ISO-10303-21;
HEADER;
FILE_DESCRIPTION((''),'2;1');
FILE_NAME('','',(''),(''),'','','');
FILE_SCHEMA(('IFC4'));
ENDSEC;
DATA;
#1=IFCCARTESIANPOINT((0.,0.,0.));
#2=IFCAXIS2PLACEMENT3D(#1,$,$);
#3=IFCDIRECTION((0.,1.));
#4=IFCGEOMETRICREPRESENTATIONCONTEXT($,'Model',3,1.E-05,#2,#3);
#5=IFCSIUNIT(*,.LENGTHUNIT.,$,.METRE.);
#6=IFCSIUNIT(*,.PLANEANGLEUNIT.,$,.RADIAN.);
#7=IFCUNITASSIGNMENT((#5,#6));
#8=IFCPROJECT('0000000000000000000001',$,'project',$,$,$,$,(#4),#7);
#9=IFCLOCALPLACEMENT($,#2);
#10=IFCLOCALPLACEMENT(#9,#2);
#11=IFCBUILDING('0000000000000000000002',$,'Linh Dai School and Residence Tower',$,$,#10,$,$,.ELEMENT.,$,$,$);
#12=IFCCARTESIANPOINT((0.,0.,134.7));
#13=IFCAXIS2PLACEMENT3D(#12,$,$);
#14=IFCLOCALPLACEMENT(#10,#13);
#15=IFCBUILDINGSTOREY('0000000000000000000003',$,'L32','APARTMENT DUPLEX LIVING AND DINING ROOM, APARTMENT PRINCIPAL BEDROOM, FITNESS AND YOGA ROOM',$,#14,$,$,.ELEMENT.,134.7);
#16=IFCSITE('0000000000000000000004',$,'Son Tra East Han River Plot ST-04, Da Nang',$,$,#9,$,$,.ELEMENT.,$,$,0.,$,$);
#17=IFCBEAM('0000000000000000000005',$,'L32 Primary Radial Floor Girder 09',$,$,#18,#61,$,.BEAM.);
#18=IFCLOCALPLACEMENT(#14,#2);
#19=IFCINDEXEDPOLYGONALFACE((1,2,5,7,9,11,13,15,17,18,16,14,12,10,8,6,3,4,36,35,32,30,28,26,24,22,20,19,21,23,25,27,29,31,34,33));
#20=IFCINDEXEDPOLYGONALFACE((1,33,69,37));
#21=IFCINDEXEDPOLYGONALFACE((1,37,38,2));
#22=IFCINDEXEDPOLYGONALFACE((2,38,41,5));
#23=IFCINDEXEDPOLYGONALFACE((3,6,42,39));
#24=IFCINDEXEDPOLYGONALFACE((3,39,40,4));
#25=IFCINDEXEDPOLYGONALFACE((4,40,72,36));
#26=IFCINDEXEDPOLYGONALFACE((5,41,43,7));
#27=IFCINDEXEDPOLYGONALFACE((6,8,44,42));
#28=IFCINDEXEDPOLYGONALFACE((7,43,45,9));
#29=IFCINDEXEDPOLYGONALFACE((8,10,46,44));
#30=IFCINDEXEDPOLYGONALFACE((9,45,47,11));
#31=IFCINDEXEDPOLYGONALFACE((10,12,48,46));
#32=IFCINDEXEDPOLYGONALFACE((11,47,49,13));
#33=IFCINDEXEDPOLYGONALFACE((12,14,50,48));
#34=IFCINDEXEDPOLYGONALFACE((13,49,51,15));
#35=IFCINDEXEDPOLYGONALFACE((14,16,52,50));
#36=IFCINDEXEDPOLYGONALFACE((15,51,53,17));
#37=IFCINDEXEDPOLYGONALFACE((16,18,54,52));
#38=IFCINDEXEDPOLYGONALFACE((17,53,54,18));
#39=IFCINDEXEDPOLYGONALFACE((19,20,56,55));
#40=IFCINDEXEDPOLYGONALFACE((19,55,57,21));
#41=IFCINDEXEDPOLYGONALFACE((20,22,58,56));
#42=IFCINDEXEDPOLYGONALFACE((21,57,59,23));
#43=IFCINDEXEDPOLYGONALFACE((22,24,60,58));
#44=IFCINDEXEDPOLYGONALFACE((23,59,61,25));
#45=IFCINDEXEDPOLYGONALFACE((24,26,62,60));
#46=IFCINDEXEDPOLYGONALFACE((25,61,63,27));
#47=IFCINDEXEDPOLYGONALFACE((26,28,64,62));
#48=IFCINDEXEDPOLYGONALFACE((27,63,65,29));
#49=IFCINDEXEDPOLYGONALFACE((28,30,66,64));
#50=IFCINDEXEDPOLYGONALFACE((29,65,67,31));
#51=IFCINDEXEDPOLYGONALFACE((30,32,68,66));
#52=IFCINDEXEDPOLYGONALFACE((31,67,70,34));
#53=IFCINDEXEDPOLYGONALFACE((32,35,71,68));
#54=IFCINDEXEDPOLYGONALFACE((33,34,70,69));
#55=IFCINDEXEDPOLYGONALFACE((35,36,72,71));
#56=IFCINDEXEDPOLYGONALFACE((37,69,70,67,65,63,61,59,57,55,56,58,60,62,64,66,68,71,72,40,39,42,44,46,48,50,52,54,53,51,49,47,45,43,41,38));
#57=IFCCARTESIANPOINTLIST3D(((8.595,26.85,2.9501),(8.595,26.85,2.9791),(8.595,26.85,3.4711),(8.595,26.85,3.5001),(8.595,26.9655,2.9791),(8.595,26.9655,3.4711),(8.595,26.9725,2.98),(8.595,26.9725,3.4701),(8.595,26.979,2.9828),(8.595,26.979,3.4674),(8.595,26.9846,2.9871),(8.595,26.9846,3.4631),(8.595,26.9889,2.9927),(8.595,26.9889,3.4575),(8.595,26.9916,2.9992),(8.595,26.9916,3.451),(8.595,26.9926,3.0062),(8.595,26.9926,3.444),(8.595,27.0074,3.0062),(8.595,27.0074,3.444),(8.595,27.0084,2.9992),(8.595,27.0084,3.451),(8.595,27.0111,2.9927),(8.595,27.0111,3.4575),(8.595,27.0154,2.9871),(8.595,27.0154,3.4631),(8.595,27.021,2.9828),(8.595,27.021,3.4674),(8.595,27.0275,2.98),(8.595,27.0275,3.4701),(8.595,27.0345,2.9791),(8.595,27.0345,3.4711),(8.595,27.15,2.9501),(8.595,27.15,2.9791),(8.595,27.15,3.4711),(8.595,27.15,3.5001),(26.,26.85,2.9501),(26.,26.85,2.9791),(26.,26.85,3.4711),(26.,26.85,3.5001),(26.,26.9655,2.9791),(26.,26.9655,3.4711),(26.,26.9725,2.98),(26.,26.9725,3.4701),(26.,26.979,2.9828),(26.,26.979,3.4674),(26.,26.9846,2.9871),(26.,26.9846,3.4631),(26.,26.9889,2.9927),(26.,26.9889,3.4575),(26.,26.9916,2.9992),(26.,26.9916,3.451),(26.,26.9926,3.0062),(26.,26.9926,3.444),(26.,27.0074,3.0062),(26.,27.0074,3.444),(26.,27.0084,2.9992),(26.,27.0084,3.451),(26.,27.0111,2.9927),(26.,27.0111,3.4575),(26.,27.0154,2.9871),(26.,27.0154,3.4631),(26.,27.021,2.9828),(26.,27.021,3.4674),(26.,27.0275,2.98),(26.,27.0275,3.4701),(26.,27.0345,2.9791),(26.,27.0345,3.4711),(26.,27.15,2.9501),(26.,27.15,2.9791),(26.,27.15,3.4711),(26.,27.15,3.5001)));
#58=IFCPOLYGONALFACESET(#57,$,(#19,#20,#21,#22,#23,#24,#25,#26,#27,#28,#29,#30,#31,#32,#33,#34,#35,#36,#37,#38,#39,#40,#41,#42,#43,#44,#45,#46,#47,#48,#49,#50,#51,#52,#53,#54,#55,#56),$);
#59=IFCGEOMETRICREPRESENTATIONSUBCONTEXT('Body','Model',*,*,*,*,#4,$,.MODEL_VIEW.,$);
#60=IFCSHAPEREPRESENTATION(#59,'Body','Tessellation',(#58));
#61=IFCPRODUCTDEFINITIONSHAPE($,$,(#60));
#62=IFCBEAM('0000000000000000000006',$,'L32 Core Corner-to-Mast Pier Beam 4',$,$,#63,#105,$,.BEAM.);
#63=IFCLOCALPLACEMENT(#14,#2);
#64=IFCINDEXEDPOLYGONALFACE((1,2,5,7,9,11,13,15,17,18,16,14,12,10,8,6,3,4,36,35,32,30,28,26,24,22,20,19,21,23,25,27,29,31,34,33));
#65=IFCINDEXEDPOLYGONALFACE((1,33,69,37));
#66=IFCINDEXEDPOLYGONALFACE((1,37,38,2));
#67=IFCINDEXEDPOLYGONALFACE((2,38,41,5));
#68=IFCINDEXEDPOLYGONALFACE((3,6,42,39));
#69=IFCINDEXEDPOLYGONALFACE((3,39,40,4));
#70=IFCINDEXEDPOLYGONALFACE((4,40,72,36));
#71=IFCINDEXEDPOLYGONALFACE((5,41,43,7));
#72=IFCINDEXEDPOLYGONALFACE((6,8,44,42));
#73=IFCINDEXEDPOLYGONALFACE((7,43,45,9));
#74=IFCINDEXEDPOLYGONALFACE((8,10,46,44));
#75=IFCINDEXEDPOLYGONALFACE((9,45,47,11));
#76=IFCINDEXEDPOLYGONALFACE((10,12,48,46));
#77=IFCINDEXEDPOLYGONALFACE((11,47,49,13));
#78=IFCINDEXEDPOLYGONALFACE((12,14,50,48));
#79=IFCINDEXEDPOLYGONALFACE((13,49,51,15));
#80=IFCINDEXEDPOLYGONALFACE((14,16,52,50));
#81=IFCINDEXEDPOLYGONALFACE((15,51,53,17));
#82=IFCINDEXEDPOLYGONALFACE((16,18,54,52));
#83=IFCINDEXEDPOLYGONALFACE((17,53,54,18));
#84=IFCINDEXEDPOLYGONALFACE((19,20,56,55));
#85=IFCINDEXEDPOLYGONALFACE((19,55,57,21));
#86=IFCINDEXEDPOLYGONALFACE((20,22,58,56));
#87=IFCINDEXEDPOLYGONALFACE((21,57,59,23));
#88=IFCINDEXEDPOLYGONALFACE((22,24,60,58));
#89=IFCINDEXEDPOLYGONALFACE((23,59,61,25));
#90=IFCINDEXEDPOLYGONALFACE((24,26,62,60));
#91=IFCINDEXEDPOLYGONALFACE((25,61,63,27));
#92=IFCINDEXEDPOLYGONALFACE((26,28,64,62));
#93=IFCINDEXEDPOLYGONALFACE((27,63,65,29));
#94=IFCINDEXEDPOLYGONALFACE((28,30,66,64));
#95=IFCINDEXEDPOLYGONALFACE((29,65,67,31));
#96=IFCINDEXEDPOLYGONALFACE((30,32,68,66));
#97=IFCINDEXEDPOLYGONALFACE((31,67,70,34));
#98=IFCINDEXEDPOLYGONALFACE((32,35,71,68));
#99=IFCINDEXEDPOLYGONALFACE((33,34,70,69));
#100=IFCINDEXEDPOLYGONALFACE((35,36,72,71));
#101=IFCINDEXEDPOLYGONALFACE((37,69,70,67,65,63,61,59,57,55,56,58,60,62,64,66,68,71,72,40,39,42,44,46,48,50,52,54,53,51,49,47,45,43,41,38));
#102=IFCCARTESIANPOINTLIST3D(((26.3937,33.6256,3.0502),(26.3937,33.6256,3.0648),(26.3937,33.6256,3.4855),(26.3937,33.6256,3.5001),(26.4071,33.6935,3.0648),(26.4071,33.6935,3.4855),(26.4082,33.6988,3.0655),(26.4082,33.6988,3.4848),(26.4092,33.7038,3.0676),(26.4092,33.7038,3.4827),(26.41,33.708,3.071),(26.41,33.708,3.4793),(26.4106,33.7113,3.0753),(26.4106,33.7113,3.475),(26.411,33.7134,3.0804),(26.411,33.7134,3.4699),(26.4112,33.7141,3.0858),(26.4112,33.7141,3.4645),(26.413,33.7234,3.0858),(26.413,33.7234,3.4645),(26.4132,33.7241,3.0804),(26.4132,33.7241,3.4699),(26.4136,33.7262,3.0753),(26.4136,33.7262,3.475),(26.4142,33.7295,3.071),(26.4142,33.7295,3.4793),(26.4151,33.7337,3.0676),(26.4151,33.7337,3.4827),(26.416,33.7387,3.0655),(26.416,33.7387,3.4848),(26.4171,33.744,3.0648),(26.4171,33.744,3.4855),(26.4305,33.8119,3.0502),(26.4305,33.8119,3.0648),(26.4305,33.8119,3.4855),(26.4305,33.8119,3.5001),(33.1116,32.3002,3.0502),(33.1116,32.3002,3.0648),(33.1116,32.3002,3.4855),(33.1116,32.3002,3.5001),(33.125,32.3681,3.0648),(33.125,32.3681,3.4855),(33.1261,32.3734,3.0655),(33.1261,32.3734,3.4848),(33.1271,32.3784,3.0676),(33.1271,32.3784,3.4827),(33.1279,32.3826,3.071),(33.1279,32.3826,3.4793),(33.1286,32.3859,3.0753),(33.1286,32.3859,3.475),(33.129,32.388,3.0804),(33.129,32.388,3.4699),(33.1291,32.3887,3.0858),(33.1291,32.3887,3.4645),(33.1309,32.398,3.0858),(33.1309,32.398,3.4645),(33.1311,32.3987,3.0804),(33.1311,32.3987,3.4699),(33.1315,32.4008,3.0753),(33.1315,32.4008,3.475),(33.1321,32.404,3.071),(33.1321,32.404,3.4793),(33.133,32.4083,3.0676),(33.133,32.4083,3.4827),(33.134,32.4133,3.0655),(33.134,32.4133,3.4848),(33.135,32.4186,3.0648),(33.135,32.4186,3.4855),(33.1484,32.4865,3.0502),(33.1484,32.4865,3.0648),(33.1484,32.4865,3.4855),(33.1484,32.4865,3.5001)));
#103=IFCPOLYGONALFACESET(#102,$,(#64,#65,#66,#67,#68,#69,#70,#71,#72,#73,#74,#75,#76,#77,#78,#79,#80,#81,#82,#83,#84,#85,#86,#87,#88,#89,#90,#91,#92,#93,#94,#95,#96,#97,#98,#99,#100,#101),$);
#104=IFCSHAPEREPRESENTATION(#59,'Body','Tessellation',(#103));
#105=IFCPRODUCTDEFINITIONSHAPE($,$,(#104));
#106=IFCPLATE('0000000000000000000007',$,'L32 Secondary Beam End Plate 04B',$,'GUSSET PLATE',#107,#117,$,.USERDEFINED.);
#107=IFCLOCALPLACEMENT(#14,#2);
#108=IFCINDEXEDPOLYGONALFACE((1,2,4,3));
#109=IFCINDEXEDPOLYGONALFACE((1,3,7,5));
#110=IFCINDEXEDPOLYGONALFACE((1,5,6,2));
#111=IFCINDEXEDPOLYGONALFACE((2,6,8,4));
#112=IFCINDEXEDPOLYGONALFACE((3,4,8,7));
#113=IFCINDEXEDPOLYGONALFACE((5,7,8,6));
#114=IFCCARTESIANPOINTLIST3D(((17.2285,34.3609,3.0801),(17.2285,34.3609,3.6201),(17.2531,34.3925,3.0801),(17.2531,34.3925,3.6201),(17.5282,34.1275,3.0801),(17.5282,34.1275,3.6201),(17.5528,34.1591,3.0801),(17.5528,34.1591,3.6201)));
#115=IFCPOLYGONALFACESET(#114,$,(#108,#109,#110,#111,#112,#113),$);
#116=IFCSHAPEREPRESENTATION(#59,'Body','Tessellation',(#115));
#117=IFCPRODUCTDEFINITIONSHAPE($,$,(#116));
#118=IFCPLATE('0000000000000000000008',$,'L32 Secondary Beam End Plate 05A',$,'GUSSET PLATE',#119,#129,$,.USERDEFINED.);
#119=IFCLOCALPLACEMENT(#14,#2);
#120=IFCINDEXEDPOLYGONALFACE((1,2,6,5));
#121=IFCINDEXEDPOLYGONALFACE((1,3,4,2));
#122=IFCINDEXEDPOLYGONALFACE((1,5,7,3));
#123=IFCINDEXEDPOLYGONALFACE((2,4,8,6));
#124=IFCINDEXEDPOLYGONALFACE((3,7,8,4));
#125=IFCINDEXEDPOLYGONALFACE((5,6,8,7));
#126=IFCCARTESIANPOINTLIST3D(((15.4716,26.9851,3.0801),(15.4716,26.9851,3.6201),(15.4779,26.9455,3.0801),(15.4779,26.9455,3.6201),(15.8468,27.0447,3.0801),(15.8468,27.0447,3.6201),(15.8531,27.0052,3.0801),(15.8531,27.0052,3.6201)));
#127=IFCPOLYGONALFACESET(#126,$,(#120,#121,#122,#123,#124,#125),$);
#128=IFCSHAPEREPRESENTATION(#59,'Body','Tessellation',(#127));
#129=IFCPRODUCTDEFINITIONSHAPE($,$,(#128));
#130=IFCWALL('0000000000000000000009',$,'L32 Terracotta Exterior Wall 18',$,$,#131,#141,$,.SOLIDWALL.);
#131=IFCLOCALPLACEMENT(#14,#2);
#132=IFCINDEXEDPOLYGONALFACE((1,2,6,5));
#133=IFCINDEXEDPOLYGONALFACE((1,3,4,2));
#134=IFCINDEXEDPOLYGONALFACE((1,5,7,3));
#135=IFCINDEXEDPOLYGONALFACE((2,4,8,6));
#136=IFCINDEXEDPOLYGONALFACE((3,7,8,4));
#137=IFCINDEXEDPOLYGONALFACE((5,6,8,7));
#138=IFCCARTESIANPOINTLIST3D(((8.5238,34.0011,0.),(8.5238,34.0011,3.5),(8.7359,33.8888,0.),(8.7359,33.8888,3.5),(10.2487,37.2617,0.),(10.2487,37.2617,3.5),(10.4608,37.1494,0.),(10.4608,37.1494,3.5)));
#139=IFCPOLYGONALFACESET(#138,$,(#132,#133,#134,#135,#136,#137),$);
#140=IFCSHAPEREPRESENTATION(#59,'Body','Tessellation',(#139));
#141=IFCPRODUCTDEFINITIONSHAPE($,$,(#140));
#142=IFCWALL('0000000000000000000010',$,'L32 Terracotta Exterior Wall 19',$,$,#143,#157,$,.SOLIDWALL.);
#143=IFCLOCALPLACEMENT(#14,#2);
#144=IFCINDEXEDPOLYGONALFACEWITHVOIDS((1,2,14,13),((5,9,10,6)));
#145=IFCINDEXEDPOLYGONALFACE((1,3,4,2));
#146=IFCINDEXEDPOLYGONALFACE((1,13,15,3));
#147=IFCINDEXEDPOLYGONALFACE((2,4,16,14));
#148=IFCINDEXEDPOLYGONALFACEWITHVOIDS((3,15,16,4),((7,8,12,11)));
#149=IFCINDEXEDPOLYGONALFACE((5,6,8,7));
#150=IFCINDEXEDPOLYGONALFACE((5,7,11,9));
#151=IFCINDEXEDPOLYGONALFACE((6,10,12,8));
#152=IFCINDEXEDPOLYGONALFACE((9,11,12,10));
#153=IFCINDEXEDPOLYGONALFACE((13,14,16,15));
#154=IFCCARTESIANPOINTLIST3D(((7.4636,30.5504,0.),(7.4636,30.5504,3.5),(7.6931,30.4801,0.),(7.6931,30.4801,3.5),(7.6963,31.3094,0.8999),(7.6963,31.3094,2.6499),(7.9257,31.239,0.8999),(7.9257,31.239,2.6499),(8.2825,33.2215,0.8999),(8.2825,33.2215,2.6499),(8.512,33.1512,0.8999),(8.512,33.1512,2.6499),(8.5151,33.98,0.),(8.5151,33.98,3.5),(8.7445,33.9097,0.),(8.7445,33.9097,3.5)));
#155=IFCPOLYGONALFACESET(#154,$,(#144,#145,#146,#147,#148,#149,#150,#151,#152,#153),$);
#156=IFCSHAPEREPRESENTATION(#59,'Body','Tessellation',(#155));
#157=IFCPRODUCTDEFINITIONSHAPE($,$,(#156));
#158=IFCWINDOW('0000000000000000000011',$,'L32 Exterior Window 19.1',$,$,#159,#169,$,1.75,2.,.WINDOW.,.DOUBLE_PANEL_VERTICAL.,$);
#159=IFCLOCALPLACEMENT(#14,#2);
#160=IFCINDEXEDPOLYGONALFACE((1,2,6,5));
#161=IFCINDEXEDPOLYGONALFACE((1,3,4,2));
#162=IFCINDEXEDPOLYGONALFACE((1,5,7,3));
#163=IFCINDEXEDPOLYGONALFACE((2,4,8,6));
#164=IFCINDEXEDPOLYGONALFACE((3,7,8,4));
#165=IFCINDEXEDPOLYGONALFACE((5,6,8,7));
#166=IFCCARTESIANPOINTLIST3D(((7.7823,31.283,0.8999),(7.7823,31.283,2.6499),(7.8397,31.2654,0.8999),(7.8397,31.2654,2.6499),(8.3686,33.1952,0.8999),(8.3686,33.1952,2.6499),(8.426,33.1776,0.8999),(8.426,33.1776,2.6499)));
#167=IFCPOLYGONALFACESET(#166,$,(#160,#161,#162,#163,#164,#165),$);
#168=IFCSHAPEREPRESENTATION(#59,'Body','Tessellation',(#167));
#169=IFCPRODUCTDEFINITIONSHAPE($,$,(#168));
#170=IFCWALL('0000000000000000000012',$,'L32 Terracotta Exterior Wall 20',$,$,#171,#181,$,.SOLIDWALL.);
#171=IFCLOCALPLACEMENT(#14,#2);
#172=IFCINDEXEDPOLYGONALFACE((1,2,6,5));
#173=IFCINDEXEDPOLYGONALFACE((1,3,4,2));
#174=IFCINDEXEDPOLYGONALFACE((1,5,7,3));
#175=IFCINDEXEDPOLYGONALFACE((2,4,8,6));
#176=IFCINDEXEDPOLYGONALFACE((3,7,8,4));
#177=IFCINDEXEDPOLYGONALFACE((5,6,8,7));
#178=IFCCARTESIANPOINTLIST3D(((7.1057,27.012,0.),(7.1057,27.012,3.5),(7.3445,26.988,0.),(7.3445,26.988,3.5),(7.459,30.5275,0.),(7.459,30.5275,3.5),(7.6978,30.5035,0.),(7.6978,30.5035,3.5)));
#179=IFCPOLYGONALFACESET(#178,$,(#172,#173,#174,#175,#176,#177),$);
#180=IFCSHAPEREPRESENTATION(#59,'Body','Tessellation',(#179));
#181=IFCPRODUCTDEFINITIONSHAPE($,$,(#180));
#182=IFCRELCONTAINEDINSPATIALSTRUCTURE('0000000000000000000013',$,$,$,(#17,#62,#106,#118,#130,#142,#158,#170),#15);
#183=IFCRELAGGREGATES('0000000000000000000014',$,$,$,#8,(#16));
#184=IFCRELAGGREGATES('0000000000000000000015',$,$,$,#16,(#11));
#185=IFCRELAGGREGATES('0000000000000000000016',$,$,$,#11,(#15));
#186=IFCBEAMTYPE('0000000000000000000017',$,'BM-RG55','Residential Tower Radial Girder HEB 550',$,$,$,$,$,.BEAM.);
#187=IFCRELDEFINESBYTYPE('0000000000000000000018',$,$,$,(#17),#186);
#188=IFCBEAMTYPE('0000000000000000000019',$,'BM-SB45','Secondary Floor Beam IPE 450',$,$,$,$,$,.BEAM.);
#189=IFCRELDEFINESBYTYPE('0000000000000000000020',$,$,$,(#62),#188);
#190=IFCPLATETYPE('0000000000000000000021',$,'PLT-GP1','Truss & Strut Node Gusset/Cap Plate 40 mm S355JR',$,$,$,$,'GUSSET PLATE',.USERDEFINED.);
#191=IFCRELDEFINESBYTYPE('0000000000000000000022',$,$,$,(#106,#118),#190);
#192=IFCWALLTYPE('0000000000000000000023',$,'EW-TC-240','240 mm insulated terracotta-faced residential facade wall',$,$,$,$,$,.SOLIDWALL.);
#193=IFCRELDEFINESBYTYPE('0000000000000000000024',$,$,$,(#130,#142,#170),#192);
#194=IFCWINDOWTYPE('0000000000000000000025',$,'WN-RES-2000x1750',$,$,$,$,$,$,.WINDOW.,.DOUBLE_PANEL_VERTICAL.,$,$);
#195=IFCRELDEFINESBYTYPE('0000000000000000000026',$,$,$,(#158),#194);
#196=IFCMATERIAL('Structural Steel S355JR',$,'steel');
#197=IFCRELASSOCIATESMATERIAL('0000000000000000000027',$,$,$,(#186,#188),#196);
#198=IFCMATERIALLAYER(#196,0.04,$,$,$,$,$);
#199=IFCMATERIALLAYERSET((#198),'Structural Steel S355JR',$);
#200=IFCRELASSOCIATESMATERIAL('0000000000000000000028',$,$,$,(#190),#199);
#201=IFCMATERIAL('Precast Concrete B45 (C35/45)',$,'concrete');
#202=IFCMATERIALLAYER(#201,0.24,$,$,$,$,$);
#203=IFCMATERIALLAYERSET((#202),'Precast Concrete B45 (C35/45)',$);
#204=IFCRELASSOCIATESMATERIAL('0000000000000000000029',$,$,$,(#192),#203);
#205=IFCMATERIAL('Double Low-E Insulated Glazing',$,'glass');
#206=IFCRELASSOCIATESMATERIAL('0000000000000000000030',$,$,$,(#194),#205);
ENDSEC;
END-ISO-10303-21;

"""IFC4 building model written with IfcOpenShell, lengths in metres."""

from ifc_helpers import new_model, si_unit, direction, frame, frame_2d, origin, origin_2d, place, context, subcontext, project, spatial, rectangle, i_section, extrude, source, transform, mapped, material, layer, layer_set, material_profile, profile_set, type_object, element, fill, save


model = new_model("IFC4")

# Units and contexts
model_context = context("Model", 3, precision=1e-05, world=origin(), true_north=direction((0.0, 1.0)))
body_context = subcontext(model_context, "Body", "Model", "MODEL_VIEW")
ifc_project = project(units=[si_unit("LENGTHUNIT", "METRE"), si_unit("PLANEANGLEUNIT", "RADIAN")], contexts=[model_context])

# Site, building, storey
site_placement = place(None, origin())
site = spatial("IfcSite", under=ifc_project, at=site_placement, Name="Son Tra East Han River Plot ST-04, Da Nang", CompositionType="ELEMENT", RefElevation=0.0)
building_placement = place(site_placement, origin())
building = spatial("IfcBuilding", under=site, at=building_placement, Name="Linh Dai School and Residence Tower", CompositionType="ELEMENT")
storey_placement = place(building_placement, frame((0.0, 0.0, 134.7)))
storey = spatial("IfcBuildingStorey", under=building, at=storey_placement, Name="L32", Description="APARTMENT DUPLEX LIVING AND DINING ROOM, APARTMENT PRINCIPAL BEDROOM, FITNESS AND YOGA ROOM", CompositionType="ELEMENT", Elevation=134.7)

# Shared definitions
ifc_material_1 = material(Name="Structural Steel S355JR", Category="steel")

# Beams
ifc_material_profile_1 = material_profile(ifc_material_1, i_section(OverallWidth=0.3, OverallDepth=0.55, WebThickness=0.0149, FlangeThickness=0.0291, FilletRadius=0.0271, at=origin_2d()), Name="HEB 550")
ifc_profile_set_1 = profile_set([ifc_material_profile_1], Name="Structural Steel S355JR")
beam_type_1 = type_object("IfcBeamType", Name="BM-RG55", Description="Residential Tower Radial Girder HEB 550", PredefinedType="BEAM", material=ifc_profile_set_1)
beam_1_placement = place(storey_placement, frame((26.0, 27.0, 3.2251), z_axis=(-1.0, 0.0, 0.0), x_axis=(0.0, -1.0, 0.0)))
element("IfcBeam", 1, at=beam_1_placement, inside=storey, type_object=beam_type_1, Name="L32 Primary Radial Floor Girder 09", PredefinedType="BEAM", context=body_context, shape_type="SweptSolid", body=[
    extrude(i_section(OverallWidth=0.3, OverallDepth=0.55, WebThickness=0.0149, FlangeThickness=0.0291, FilletRadius=0.0271, at=origin_2d()), origin(), (0.0, 0.0, 1.0), 17.405),
])
ifc_material_profile_2 = material_profile(ifc_material_1, i_section(OverallWidth=0.1899, OverallDepth=0.45, WebThickness=0.0095, FlangeThickness=0.0146, FilletRadius=0.021, at=origin_2d()), Name="IPE 450")
ifc_profile_set_2 = profile_set([ifc_material_profile_2], Name="Structural Steel S355JR")
beam_type_2 = type_object("IfcBeamType", Name="BM-SB45", Description="Secondary Floor Beam IPE 450", PredefinedType="BEAM", material=ifc_profile_set_2)
beam_2_placement = place(storey_placement, frame((26.4121, 33.7188, 3.2751), z_axis=(0.981087, -0.193565, 0.0), x_axis=(0.193565, 0.981087, 0.0)))
element("IfcBeam", 2, at=beam_2_placement, inside=storey, type_object=beam_type_2, Name="L32 Core Corner-to-Mast Pier Beam 4", PredefinedType="BEAM", context=body_context, shape_type="SweptSolid", body=[
    extrude(i_section(OverallWidth=0.1899, OverallDepth=0.45, WebThickness=0.0095, FlangeThickness=0.0146, FilletRadius=0.021, at=origin_2d()), origin(), (0.0, 0.0, 1.0), 6.8474),
])

# Plates
ifc_layer_1 = layer(ifc_material_1, 0.04)
ifc_layer_set_1 = layer_set([ifc_layer_1], Name="Structural Steel S355JR")
plate_type = type_object("IfcPlateType", Name="PLT-GP1", Description="Truss & Strut Node Gusset/Cap Plate 40 mm S355JR", ElementType="GUSSET PLATE", PredefinedType="USERDEFINED", material=ifc_layer_set_1)
shared_shape_1 = source(origin(), body_context, "Body", "SweptSolid", [
    extrude(rectangle(XDim=0.04, YDim=0.3799, at=origin_2d()), origin(), (0.0, 0.0, 1.0), 0.54),
])
for number, where, z_axis, x_axis, name in (
    (3, (17.3906, 34.26, 3.0801), (0.0, 0.0, 1.0), (-0.614363, -0.789024, 0.0), "L32 Secondary Beam End Plate 04B"),
    (4, (15.6624, 26.9951, 3.0801), (0.0, 0.0, 1.0), (0.157025, -0.987595, 0.0), "L32 Secondary Beam End Plate 05A"),
):
    element("IfcPlate", number, at=place(storey_placement, frame(where, z_axis=z_axis, x_axis=x_axis)), inside=storey, type_object=plate_type, Name=name, ObjectType="GUSSET PLATE", PredefinedType="USERDEFINED", context=body_context, shape_type="MappedRepresentation", body=[
        mapped(shared_shape_1, transform((0.0, 0.0, 0.0), x_axis=(1.0, 0.0, 0.0), y_axis=(0.0, 1.0, 0.0), z_axis=(0.0, 0.0, 1.0), scale=1.0)),
    ])

# Wall
ifc_material_2 = material(Name="Precast Concrete B45 (C35/45)", Category="concrete")
ifc_layer_2 = layer(ifc_material_2, 0.24)
ifc_layer_set_2 = layer_set([ifc_layer_2], Name="Precast Concrete B45 (C35/45)")
wall_type_1 = type_object("IfcWallType", Name="EW-TC-240", Description="240 mm insulated terracotta-faced residential facade wall", PredefinedType="SOLIDWALL", material=ifc_layer_set_2)
wall_1_placement = place(storey_placement, frame((8.6299, 33.9451, 0.0), z_axis=(0.0, 0.0, 1.0), x_axis=(0.467614, 0.883933, 0.0)))
element("IfcWall", 5, at=wall_1_placement, inside=storey, type_object=wall_type_1, Name="L32 Terracotta Exterior Wall 18", PredefinedType="SOLIDWALL", context=body_context, shape_type="SweptSolid", body=[
    extrude(rectangle(XDim=3.6887, YDim=0.24, at=frame_2d((1.8442, 0.0))), origin(), (0.0, 0.0, 1.0), 3.5),
])

# Wall, opening, window
wall_2_placement = place(storey_placement, frame((7.5784, 30.5154, 0.0), z_axis=(0.0, 0.0, 1.0), x_axis=(0.293124, 0.956074, 0.0)))
wall_2 = element("IfcWall", 6, at=wall_2_placement, inside=storey, type_object=wall_type_1, Name="L32 Terracotta Exterior Wall 19", PredefinedType="SOLIDWALL", context=body_context, shape_type="SweptSolid", body=[
    extrude(rectangle(XDim=3.5872, YDim=0.24, at=frame_2d((1.7935, 0.0))), origin(), (0.0, 0.0, 1.0), 3.5),
])
opening_1_placement = place(wall_2_placement, frame((0.7937, 0.0, 0.8999)))
opening_1 = element("IfcOpeningElement", 7, at=opening_1_placement, cuts=wall_2, PredefinedType="OPENING", context=body_context, shape_type="SweptSolid", body=[
    extrude(rectangle(XDim=2.0, YDim=1.75, at=origin_2d()), frame((1.0, 0.1299, 0.875), z_axis=(0.0, -1.0, 0.0), x_axis=(1.0, 0.0, 0.0)), (0.0, 0.0, 1.0), 0.26),
])
ifc_material_3 = material(Name="Double Low-E Insulated Glazing", Category="glass")
window_type = type_object("IfcWindowType", Name="WN-RES-2000x1750", PartitioningType="DOUBLE_PANEL_VERTICAL", PredefinedType="WINDOW", material=ifc_material_3)
shared_shape_2 = source(origin(), body_context, "Body", "SweptSolid", [
    extrude(rectangle(XDim=2.0, YDim=1.75, at=origin_2d()), frame((1.0, 0.03, 0.875), z_axis=(0.0, -1.0, 0.0), x_axis=(1.0, 0.0, 0.0)), (0.0, 0.0, 1.0), 0.0601),
])
window_placement = place(opening_1_placement, origin())
window = element("IfcWindow", 8, at=window_placement, inside=storey, type_object=window_type, Name="L32 Exterior Window 19.1", OverallHeight=1.75, OverallWidth=2.0, PartitioningType="DOUBLE_PANEL_VERTICAL", PredefinedType="WINDOW", context=body_context, shape_type="MappedRepresentation", body=[
    mapped(shared_shape_2, transform((0.0, 0.0, 0.0), x_axis=(1.0, 0.0, 0.0), y_axis=(0.0, 1.0, 0.0), z_axis=(0.0, 0.0, 1.0), scale=1.0)),
])
fill(opening_1, window)

# Wall
wall_3_placement = place(storey_placement, frame((7.2251, 27.0, 0.0), z_axis=(0.0, 0.0, 1.0), x_axis=(0.099989, 0.994988, 0.0)))
element("IfcWall", 9, at=wall_3_placement, inside=storey, type_object=wall_type_1, Name="L32 Terracotta Exterior Wall 20", PredefinedType="SOLIDWALL", context=body_context, shape_type="SweptSolid", body=[
    extrude(rectangle(XDim=3.5332, YDim=0.24, at=frame_2d((1.7666, 0.0))), origin(), (0.0, 0.0, 1.0), 3.5),
])

save(model, "model.ifc")
